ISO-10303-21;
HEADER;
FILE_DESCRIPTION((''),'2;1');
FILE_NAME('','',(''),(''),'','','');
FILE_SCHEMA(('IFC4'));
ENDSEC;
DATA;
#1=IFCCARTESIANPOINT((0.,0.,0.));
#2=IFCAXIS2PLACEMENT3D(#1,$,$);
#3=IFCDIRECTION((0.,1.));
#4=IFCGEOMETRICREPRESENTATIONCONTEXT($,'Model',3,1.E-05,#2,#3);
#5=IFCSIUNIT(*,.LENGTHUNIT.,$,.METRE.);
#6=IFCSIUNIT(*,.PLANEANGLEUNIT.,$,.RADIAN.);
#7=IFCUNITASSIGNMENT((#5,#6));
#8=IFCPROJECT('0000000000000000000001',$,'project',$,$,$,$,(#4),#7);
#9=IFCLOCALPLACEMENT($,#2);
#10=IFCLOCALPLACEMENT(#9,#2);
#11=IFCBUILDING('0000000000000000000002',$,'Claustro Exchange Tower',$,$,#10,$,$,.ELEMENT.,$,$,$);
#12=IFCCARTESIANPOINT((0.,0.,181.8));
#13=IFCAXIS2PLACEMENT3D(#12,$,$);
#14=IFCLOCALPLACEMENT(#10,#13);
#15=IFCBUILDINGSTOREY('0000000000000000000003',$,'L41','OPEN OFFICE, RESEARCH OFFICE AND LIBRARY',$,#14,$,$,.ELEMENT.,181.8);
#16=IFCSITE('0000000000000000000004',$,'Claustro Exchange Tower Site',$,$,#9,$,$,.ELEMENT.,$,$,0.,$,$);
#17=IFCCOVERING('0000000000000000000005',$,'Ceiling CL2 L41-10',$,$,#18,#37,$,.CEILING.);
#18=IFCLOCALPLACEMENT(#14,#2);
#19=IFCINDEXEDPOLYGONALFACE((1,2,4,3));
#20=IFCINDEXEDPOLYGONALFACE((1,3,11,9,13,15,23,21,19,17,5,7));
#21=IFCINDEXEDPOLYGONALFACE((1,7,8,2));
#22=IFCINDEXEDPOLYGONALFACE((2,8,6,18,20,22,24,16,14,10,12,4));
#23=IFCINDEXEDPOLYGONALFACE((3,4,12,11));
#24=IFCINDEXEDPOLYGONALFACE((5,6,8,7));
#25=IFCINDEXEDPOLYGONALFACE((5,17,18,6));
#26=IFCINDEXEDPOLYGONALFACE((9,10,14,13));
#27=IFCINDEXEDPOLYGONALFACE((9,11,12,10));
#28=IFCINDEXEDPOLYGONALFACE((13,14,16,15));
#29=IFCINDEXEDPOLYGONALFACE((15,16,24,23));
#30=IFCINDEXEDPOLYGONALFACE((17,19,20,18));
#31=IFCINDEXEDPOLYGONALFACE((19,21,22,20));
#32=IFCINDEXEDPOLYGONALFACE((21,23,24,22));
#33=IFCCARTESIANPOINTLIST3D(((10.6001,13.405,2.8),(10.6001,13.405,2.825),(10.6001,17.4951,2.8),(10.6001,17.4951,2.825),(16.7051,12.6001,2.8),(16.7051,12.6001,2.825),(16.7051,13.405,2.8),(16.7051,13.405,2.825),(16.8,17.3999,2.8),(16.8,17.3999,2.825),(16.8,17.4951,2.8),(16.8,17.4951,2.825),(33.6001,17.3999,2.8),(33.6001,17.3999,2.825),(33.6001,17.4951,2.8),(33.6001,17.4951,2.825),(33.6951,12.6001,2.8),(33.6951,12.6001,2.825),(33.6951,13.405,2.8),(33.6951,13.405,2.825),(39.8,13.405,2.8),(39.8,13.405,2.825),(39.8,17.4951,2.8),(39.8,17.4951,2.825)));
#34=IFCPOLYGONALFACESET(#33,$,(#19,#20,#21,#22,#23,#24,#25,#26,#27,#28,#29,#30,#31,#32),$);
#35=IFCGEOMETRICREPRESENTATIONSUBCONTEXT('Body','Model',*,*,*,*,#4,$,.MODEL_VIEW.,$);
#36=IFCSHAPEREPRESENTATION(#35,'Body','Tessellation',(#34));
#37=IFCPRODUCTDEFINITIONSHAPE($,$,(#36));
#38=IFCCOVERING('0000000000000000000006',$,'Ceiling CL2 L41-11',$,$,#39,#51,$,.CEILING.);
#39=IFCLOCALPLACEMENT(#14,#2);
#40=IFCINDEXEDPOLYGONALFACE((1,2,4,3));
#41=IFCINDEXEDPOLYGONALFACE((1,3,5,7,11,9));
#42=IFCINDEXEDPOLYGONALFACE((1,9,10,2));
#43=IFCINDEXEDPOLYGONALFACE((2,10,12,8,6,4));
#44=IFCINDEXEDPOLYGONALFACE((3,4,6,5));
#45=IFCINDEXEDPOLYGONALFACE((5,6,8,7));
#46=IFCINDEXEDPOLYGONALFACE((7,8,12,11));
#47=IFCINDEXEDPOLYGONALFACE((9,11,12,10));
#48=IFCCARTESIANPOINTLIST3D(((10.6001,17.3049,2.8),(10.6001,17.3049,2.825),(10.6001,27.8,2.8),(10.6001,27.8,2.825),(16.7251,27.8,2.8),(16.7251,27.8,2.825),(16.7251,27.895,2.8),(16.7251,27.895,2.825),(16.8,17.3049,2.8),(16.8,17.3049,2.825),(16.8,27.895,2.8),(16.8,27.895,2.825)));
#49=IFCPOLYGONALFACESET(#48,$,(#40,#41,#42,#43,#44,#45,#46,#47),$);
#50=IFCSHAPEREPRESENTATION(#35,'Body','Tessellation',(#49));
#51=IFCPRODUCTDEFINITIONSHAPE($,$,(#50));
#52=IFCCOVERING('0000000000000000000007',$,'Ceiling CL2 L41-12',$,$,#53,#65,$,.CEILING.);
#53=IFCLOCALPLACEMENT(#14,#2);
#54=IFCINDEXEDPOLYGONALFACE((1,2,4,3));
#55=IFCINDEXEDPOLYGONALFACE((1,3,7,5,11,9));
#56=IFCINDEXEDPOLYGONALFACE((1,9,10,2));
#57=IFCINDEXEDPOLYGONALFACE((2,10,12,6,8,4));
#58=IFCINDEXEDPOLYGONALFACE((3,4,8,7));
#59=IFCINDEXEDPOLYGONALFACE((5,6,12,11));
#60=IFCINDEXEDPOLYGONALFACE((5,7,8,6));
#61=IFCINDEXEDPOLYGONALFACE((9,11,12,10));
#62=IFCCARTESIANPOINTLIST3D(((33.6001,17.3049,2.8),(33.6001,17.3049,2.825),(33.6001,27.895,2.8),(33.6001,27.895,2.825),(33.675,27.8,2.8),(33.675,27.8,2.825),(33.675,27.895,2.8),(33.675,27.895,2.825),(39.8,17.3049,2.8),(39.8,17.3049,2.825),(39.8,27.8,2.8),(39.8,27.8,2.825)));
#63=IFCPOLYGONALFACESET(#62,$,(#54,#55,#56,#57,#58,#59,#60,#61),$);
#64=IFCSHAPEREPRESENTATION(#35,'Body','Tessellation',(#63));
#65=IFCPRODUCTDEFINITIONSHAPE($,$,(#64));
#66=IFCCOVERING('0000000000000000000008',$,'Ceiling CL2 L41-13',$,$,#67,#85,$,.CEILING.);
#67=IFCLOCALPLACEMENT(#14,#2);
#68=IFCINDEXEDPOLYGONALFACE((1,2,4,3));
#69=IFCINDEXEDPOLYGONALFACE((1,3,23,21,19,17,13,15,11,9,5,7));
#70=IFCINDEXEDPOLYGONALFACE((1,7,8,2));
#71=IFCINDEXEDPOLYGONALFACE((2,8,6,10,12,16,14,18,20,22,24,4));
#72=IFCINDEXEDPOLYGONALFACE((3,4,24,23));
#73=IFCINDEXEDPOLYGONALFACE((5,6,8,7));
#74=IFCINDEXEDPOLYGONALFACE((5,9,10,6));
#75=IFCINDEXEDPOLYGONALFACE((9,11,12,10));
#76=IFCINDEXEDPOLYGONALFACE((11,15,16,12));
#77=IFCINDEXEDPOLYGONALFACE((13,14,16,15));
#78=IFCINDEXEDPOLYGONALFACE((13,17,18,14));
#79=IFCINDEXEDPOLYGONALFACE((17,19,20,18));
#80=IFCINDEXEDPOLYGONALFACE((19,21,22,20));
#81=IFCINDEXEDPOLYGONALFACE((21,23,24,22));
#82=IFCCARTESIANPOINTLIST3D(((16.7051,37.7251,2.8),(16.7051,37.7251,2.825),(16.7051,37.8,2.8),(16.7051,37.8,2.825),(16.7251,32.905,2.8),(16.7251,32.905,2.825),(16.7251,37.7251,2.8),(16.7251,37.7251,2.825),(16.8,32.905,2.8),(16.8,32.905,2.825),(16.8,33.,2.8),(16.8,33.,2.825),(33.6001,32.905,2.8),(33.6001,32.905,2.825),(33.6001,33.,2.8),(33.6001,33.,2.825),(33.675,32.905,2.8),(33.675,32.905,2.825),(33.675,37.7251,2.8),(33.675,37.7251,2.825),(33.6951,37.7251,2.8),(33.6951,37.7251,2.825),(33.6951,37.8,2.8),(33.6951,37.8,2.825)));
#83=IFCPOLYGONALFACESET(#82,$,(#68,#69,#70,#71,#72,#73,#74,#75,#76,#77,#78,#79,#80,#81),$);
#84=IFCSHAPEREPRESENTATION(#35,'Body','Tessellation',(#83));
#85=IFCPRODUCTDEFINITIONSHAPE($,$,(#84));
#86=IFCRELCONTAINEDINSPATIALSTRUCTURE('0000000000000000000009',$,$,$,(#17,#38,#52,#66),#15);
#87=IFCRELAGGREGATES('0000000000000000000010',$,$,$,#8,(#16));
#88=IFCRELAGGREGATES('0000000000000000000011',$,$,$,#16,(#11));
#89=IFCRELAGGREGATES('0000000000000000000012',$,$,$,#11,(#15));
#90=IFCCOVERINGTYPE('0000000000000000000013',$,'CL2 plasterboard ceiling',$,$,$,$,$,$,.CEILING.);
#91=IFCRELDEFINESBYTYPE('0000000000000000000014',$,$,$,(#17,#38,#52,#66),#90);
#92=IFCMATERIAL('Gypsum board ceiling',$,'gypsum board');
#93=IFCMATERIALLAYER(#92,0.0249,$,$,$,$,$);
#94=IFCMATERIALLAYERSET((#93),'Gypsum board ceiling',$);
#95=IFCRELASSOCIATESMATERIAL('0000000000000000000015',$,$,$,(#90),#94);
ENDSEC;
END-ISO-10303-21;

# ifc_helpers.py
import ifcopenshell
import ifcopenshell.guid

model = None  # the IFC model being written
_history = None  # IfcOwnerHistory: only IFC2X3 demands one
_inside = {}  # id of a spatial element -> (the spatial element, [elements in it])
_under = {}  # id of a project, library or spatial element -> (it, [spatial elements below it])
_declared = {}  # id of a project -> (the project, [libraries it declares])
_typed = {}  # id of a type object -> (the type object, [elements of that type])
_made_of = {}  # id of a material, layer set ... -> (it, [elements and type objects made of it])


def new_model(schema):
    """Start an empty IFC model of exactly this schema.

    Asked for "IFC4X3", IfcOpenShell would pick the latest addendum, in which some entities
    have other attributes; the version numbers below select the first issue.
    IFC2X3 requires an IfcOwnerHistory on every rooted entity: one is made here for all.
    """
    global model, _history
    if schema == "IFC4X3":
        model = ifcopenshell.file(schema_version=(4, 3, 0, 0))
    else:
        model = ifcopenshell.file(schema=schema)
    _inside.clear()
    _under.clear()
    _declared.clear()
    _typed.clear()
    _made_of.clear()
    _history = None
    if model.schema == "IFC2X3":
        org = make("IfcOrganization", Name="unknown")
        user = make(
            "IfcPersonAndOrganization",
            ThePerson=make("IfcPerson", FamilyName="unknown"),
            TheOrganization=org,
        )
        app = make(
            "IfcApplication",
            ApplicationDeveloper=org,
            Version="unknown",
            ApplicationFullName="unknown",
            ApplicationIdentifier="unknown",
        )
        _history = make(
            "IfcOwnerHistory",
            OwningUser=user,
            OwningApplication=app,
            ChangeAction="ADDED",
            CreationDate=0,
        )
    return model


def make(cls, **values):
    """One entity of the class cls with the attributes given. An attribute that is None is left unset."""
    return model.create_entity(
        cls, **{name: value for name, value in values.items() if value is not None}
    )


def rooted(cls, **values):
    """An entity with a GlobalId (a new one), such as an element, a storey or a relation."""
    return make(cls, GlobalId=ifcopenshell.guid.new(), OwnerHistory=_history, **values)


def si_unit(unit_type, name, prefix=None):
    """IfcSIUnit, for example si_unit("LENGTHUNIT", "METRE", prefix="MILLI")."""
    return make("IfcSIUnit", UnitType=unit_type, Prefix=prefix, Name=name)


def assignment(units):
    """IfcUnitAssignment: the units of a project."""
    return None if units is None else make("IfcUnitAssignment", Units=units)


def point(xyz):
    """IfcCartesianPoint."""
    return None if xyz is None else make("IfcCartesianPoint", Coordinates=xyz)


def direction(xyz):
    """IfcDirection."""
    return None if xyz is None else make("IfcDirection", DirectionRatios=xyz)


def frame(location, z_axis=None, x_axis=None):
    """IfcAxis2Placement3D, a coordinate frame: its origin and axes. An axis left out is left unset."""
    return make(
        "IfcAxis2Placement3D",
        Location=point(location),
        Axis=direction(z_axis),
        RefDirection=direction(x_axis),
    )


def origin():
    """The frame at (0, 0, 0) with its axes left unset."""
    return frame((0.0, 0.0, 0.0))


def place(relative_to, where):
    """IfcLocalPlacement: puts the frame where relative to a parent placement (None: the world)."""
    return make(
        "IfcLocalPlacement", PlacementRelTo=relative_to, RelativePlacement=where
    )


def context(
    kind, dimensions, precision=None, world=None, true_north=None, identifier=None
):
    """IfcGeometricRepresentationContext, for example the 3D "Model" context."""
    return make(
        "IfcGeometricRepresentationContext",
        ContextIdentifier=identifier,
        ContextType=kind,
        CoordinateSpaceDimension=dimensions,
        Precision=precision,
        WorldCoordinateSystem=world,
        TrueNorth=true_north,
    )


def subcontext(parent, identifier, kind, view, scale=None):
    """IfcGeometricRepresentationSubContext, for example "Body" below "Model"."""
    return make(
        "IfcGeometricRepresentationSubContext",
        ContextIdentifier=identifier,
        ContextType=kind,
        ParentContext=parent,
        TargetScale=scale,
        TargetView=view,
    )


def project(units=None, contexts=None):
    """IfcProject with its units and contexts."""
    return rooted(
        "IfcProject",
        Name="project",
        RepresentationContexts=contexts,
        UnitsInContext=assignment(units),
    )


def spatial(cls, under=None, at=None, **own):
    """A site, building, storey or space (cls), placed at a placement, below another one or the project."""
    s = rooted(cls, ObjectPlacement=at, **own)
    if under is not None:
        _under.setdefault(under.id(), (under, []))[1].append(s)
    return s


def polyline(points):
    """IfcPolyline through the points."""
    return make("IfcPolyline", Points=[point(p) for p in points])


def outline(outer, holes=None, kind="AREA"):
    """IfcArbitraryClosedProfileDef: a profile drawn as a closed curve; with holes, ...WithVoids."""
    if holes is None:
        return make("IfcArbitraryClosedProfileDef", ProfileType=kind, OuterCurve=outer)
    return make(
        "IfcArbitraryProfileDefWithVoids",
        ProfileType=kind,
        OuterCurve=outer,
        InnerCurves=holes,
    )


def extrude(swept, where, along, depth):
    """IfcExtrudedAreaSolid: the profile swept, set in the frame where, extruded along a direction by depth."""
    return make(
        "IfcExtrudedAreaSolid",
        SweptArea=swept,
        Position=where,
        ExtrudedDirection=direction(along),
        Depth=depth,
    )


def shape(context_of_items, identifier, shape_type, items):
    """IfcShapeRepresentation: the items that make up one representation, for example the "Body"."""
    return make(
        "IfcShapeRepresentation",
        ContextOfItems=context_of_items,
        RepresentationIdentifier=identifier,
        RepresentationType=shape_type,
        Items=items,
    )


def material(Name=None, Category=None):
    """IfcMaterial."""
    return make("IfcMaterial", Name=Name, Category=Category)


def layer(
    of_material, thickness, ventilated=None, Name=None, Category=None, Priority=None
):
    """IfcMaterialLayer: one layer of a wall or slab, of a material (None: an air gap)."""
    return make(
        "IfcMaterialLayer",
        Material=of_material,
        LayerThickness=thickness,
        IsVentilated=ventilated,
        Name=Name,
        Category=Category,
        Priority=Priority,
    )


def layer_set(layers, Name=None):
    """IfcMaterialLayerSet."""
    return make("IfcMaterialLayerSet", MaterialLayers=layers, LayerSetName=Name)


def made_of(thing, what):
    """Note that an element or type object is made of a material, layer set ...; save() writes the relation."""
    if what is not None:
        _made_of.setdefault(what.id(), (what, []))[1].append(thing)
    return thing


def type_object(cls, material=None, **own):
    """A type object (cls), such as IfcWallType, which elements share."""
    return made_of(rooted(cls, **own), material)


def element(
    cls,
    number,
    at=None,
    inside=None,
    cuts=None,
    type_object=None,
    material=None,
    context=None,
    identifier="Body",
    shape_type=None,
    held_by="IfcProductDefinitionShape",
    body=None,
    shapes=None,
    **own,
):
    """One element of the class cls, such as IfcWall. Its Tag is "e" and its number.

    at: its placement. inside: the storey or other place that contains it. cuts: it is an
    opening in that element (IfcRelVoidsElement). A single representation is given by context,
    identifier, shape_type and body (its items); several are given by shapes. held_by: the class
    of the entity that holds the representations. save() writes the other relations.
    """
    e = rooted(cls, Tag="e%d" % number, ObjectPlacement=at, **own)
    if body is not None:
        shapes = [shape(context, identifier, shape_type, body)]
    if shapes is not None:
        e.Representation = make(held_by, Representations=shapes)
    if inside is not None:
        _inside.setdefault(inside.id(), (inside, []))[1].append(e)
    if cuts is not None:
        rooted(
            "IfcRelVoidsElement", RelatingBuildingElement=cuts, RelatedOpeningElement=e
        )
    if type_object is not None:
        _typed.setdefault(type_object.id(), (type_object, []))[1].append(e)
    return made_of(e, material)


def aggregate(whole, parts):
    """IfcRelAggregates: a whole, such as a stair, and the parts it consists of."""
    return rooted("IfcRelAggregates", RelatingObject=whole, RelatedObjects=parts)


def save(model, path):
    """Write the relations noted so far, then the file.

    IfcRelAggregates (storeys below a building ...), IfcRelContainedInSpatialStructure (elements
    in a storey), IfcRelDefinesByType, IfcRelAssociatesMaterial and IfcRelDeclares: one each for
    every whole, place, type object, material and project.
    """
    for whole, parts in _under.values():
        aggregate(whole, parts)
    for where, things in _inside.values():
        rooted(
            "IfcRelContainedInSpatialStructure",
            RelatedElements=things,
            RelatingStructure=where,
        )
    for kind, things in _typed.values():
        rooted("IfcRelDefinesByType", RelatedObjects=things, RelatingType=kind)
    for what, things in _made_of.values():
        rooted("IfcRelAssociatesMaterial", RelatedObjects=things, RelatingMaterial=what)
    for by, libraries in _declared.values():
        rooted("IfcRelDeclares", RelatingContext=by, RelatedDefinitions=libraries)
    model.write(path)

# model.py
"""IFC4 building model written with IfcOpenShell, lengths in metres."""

from ifc_helpers import new_model, si_unit, direction, frame, origin, place, context, subcontext, project, spatial, polyline, outline, extrude, material, layer, layer_set, type_object, element, save


model = new_model("IFC4")

# Units and contexts
model_context = context("Model", 3, precision=1e-05, world=origin(), true_north=direction((0.0, 1.0)))
body_context = subcontext(model_context, "Body", "Model", "MODEL_VIEW")
ifc_project = project(units=[si_unit("LENGTHUNIT", "METRE"), si_unit("PLANEANGLEUNIT", "RADIAN")], contexts=[model_context])

# Site, building, storey
site_placement = place(None, origin())
site = spatial("IfcSite", under=ifc_project, at=site_placement, Name="Claustro Exchange Tower Site", CompositionType="ELEMENT", RefElevation=0.0)
building_placement = place(site_placement, origin())
building = spatial("IfcBuilding", under=site, at=building_placement, Name="Claustro Exchange Tower", CompositionType="ELEMENT")
storey_placement = place(building_placement, frame((0.0, 0.0, 181.8)))
storey = spatial("IfcBuildingStorey", under=building, at=storey_placement, Name="L41", Description="OPEN OFFICE, RESEARCH OFFICE AND LIBRARY", CompositionType="ELEMENT", Elevation=181.8)

# Coverings
ifc_material_1 = material(Name="Gypsum board ceiling", Category="gypsum board")
ifc_layer_1 = layer(ifc_material_1, 0.0249)
ifc_layer_set_1 = layer_set([ifc_layer_1], Name="Gypsum board ceiling")
covering_type_1 = type_object("IfcCoveringType", Name="CL2 plasterboard ceiling", PredefinedType="CEILING", material=ifc_layer_set_1)
covering_1_placement = place(storey_placement, frame((0.0, 0.0, 2.8)))
element("IfcCovering", 1, at=covering_1_placement, inside=storey, type_object=covering_type_1, Name="Ceiling CL2 L41-10", PredefinedType="CEILING", context=body_context, shape_type="SweptSolid", body=[
    extrude(outline(polyline([(33.6001, 17.3999), (16.8, 17.3999), (16.8, 17.4951), (10.6001, 17.4951), (10.6001, 13.405), (16.7051, 13.405), (16.7051, 12.6001), (33.6951, 12.6001), (33.6951, 13.405), (39.8, 13.405), (39.8, 17.4951), (33.6001, 17.4951), (33.6001, 17.3999)])), origin(), (0.0, 0.0, 1.0), 0.0249),
])
covering_2_placement = place(storey_placement, frame((0.0, 0.0, 2.8)))
element("IfcCovering", 2, at=covering_2_placement, inside=storey, type_object=covering_type_1, Name="Ceiling CL2 L41-11", PredefinedType="CEILING", context=body_context, shape_type="SweptSolid", body=[
    extrude(outline(polyline([(10.6001, 27.8), (10.6001, 17.3049), (16.8, 17.3049), (16.8, 27.895), (16.7251, 27.895), (16.7251, 27.8), (10.6001, 27.8)])), origin(), (0.0, 0.0, 1.0), 0.0249),
])
covering_3_placement = place(storey_placement, frame((0.0, 0.0, 2.8)))
element("IfcCovering", 3, at=covering_3_placement, inside=storey, type_object=covering_type_1, Name="Ceiling CL2 L41-12", PredefinedType="CEILING", context=body_context, shape_type="SweptSolid", body=[
    extrude(outline(polyline([(33.6001, 27.895), (33.6001, 17.3049), (39.8, 17.3049), (39.8, 27.8), (33.675, 27.8), (33.675, 27.895), (33.6001, 27.895)])), origin(), (0.0, 0.0, 1.0), 0.0249),
])
covering_4_placement = place(storey_placement, frame((0.0, 0.0, 2.8)))
element("IfcCovering", 4, at=covering_4_placement, inside=storey, type_object=covering_type_1, Name="Ceiling CL2 L41-13", PredefinedType="CEILING", context=body_context, shape_type="SweptSolid", body=[
    extrude(outline(polyline([(16.7251, 37.7251), (16.7251, 32.905), (16.8, 32.905), (16.8, 33.0), (33.6001, 33.0), (33.6001, 32.905), (33.675, 32.905), (33.675, 37.7251), (33.6951, 37.7251), (33.6951, 37.8), (16.7051, 37.8), (16.7051, 37.7251), (16.7251, 37.7251)])), origin(), (0.0, 0.0, 1.0), 0.0249),
])

save(model, "model.ifc")
